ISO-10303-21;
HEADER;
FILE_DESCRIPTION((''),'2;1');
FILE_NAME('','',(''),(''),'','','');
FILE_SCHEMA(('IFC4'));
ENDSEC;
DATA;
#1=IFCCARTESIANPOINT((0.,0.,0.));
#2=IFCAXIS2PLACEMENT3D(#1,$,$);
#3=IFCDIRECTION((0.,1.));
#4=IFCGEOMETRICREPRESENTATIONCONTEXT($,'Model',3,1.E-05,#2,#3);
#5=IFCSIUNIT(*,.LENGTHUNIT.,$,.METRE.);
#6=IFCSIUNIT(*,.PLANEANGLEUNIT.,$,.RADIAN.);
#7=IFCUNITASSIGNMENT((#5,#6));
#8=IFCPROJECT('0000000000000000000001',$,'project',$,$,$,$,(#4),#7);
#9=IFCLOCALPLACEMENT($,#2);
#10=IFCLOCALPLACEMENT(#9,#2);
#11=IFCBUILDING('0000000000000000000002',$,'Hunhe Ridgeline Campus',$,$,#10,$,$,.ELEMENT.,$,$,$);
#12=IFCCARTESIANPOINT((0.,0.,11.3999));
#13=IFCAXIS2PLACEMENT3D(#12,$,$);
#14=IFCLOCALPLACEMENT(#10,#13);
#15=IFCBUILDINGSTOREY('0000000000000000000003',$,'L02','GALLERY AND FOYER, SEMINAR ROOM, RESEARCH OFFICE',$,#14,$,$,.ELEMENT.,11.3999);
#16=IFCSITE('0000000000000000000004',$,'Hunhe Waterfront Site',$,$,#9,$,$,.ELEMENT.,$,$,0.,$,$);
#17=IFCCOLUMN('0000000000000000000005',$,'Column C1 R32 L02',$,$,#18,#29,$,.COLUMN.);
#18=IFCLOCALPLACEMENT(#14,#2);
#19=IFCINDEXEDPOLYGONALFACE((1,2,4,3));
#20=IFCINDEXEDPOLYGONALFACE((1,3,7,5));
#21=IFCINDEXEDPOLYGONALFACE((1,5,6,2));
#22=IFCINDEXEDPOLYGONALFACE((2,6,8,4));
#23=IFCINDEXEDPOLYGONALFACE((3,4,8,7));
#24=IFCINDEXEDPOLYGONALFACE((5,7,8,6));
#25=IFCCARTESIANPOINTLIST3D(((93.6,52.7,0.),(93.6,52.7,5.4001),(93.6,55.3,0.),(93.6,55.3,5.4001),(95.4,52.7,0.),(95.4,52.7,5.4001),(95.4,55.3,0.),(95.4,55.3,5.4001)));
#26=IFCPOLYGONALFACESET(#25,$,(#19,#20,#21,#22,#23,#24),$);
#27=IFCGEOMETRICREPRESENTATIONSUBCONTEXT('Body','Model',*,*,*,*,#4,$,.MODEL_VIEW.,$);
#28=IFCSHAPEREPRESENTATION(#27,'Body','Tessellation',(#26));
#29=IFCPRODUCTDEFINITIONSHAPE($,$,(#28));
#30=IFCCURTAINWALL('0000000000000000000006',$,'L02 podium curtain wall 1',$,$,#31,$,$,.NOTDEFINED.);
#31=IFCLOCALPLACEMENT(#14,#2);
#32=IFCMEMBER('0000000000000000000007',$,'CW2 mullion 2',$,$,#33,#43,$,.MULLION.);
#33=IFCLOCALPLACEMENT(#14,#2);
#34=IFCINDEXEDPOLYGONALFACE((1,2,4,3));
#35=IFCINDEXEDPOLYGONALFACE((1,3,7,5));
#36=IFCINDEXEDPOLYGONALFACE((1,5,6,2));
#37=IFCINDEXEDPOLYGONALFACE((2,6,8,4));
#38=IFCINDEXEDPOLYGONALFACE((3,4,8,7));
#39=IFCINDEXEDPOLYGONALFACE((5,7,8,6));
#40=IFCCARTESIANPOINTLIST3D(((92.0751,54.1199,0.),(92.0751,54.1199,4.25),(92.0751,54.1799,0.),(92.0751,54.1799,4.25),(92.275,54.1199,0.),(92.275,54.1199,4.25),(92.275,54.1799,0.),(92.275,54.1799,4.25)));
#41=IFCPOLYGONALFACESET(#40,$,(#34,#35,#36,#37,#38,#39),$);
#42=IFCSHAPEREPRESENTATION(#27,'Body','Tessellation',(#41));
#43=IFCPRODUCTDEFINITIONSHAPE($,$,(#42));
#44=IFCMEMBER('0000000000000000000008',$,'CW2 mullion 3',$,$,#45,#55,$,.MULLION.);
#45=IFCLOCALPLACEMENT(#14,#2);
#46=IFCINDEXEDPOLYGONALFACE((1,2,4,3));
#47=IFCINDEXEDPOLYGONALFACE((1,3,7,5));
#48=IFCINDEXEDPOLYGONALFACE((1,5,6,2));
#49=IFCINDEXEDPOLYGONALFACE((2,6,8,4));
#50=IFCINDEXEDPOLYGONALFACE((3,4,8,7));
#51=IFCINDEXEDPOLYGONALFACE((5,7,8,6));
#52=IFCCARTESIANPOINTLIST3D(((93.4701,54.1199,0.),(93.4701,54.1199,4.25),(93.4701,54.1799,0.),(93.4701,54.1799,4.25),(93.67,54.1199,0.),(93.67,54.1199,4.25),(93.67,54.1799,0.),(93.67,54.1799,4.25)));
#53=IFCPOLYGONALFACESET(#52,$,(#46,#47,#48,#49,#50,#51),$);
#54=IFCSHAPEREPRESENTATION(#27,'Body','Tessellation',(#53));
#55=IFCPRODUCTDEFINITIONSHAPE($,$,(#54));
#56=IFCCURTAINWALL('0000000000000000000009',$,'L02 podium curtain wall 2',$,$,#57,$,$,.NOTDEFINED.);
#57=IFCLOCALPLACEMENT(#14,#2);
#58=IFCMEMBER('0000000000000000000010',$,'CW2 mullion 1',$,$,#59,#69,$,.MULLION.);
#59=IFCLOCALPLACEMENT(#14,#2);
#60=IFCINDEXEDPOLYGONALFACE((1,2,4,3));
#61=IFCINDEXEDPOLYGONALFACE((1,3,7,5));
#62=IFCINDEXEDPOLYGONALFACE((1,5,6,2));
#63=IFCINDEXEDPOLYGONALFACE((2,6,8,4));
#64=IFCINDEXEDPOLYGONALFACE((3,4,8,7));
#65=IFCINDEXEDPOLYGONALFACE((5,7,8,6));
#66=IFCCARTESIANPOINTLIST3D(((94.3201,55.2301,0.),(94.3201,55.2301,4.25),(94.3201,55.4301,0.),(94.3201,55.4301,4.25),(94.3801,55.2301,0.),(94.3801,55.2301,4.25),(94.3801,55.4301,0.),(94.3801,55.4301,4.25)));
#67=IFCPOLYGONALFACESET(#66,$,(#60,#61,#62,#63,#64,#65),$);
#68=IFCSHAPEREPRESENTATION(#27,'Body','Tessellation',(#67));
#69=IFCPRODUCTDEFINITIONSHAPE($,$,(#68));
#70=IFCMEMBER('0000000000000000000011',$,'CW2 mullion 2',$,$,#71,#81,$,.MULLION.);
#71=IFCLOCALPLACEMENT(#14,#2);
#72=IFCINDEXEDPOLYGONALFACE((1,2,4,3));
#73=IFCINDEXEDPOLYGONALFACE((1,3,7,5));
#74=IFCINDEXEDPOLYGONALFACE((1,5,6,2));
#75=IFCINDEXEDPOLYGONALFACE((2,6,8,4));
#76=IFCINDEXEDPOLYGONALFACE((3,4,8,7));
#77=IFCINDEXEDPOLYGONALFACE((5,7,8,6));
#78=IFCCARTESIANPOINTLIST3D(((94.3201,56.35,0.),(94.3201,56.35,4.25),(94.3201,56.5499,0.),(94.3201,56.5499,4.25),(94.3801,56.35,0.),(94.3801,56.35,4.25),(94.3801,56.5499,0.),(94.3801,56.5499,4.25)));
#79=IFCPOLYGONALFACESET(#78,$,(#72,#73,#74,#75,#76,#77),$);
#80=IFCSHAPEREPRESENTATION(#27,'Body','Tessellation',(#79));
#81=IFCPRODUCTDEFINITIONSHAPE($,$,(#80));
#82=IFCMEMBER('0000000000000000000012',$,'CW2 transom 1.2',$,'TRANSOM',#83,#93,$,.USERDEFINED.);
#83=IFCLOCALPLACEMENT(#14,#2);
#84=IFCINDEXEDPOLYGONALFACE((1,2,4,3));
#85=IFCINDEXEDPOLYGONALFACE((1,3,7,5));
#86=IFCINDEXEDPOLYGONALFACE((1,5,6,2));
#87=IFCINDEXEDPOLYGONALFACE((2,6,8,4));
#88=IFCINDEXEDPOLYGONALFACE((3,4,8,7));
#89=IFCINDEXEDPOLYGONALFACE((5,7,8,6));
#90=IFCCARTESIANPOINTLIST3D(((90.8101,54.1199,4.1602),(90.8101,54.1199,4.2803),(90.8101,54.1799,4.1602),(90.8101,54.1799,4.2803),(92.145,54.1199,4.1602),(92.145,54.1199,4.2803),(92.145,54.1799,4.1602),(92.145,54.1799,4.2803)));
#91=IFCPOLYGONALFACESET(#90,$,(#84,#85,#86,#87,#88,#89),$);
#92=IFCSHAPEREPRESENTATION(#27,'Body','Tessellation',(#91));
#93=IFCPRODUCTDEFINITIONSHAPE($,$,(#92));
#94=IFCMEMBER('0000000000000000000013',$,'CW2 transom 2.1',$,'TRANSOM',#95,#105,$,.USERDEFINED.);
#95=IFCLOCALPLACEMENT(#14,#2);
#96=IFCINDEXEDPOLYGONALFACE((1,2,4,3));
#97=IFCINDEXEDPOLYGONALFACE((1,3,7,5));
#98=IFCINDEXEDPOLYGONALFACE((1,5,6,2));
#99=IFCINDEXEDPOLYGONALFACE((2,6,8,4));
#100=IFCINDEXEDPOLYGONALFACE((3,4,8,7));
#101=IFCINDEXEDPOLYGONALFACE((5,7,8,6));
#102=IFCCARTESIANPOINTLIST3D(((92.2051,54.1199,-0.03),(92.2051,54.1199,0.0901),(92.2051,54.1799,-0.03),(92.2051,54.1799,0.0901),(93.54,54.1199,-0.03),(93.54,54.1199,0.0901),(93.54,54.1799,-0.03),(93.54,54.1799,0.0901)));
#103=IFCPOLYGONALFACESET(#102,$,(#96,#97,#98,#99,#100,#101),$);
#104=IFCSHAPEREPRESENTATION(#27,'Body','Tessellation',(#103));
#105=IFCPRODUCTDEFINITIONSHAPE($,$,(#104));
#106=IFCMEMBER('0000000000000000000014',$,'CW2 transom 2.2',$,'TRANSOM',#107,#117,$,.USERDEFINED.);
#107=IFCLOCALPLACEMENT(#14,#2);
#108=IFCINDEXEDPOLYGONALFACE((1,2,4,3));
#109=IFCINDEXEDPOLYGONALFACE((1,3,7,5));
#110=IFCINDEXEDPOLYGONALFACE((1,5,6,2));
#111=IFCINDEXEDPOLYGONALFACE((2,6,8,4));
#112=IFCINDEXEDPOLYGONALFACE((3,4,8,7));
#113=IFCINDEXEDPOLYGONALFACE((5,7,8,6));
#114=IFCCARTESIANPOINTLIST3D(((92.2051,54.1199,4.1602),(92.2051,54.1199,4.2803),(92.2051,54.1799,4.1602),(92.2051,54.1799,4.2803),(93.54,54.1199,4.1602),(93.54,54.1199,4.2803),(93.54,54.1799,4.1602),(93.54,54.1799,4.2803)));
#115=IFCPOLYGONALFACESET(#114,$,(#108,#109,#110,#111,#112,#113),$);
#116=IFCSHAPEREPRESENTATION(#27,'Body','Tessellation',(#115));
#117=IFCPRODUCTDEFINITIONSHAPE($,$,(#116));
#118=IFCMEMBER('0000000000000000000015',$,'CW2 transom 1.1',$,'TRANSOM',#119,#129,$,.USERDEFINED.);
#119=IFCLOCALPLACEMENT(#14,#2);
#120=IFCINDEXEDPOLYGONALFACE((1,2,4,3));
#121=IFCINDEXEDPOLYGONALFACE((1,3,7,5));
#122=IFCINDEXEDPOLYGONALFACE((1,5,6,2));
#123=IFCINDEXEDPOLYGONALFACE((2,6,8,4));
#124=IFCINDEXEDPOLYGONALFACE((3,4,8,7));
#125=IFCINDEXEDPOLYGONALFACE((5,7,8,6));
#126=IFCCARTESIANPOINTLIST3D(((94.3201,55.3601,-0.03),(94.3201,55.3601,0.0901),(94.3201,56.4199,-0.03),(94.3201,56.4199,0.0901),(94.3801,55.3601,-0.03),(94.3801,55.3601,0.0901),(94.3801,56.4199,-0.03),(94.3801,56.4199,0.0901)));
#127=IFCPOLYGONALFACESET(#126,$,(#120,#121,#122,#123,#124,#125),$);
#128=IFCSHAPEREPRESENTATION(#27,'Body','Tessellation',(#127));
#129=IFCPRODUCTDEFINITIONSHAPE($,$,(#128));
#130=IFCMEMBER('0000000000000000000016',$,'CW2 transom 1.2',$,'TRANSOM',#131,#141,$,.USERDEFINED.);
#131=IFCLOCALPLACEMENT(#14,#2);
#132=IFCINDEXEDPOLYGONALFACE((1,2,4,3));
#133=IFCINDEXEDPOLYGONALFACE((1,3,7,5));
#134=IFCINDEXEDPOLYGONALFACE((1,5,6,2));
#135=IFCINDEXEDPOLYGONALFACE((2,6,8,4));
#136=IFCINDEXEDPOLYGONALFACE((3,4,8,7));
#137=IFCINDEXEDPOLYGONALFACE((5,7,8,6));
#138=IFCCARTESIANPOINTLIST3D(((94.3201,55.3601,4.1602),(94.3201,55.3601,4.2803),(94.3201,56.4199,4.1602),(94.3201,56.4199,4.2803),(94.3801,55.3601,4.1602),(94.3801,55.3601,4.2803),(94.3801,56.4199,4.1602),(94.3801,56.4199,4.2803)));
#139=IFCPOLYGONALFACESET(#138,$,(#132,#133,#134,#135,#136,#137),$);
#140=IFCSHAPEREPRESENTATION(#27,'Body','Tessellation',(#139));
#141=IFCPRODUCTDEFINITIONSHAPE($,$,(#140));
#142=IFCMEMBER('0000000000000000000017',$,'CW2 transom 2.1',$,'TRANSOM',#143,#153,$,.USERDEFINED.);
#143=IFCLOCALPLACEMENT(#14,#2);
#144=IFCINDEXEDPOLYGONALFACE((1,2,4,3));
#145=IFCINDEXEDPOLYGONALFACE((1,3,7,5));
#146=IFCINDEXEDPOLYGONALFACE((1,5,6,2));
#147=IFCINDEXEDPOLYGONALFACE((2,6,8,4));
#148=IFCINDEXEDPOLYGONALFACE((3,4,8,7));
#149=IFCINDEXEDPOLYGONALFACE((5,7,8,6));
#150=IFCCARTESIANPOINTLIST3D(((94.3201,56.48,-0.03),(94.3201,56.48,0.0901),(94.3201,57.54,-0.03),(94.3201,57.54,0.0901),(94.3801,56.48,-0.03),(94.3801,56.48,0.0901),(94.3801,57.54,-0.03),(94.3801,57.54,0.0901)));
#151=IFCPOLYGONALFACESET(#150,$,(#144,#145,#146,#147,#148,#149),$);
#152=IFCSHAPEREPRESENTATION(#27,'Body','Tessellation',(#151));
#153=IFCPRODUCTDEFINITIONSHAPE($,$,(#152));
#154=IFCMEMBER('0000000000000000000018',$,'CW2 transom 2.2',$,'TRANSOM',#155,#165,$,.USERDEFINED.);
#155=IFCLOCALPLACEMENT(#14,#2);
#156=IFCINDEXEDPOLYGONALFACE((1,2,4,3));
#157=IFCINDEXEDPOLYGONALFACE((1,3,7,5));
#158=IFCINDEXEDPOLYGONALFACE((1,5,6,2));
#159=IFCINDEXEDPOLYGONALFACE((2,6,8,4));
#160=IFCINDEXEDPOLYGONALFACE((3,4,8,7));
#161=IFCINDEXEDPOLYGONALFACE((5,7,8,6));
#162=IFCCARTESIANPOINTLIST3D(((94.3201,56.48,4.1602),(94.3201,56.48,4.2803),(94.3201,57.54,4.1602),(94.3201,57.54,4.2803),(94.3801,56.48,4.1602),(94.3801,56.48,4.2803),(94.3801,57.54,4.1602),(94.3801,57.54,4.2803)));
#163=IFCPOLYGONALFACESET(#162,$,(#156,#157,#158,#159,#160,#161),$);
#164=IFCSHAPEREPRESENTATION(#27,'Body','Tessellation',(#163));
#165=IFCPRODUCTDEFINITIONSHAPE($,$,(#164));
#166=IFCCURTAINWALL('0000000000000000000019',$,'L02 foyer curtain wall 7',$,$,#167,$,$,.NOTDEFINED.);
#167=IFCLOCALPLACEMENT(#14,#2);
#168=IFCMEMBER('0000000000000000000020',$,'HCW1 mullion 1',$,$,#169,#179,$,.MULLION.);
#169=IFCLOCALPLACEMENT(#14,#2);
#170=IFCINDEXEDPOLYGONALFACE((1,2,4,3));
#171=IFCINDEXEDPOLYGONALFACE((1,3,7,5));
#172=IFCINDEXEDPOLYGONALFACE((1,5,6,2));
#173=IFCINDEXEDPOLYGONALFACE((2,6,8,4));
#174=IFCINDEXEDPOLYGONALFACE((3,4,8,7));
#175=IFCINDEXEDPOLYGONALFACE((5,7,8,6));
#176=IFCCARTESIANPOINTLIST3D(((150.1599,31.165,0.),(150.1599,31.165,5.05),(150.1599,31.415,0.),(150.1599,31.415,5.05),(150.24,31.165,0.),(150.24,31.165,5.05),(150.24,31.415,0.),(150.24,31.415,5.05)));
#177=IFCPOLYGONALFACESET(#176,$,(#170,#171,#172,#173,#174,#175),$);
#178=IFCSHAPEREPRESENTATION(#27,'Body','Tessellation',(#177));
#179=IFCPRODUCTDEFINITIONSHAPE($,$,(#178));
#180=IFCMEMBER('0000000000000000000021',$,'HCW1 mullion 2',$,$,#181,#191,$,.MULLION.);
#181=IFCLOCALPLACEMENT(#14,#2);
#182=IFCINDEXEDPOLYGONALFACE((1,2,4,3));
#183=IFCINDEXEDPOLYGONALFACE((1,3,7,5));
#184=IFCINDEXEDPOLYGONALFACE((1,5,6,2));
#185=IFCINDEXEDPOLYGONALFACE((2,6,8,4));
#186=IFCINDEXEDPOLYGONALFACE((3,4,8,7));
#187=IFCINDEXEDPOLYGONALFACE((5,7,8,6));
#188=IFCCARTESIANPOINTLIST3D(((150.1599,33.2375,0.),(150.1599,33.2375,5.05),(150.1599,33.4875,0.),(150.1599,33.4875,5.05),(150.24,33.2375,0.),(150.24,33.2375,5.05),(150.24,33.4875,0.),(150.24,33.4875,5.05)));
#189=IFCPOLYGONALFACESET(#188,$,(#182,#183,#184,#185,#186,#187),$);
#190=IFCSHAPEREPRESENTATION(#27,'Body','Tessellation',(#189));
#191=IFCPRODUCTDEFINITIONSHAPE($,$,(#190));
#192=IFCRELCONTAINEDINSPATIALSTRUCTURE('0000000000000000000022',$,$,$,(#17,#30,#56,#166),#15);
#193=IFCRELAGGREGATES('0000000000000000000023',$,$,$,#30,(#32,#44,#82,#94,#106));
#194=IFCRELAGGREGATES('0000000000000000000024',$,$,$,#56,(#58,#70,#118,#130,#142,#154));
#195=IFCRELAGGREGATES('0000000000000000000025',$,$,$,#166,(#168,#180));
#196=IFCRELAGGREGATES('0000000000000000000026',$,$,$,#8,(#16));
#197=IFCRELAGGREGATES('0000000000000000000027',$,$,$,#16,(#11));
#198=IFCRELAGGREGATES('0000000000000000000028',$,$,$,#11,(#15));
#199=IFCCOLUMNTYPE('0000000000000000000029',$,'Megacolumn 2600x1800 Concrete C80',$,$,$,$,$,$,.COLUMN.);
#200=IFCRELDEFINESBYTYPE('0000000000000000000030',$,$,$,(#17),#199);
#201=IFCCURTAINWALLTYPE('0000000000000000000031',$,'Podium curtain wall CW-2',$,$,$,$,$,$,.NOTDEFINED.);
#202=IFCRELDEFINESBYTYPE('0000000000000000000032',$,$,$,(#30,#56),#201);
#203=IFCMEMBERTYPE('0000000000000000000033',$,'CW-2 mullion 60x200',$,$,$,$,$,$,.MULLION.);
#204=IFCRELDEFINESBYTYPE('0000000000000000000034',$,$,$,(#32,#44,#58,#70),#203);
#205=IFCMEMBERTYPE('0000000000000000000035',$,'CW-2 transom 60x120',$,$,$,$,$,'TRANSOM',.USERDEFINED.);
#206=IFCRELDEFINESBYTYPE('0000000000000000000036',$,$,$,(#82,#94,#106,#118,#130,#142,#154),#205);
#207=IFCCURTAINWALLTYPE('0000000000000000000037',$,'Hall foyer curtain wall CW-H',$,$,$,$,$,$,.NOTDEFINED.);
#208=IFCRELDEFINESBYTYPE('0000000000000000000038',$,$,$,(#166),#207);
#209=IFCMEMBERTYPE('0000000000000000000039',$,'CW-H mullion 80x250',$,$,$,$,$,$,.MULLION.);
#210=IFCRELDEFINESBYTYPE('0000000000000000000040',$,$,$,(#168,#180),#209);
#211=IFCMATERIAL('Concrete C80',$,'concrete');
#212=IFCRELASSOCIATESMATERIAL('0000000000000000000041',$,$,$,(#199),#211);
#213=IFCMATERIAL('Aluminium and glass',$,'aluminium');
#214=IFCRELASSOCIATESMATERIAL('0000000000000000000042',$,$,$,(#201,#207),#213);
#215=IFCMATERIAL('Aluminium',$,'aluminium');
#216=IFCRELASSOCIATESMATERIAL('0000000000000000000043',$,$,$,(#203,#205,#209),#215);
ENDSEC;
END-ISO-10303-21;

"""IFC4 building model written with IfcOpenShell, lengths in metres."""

from ifc_helpers import new_model, si_unit, direction, frame, origin, origin_2d, place, context, subcontext, project, spatial, rectangle, extrude, material, material_profile, profile_set, type_object, element, aggregate, save


model = new_model("IFC4")

# Units and contexts
model_context = context("Model", 3, precision=1e-05, world=origin(), true_north=direction((0.0, 1.0)))
body_context = subcontext(model_context, "Body", "Model", "MODEL_VIEW")
ifc_project = project(units=[si_unit("LENGTHUNIT", "METRE"), si_unit("PLANEANGLEUNIT", "RADIAN")], contexts=[model_context])

# Site, building, storey
site_placement = place(None, origin())
site = spatial("IfcSite", under=ifc_project, at=site_placement, Name="Hunhe Waterfront Site", CompositionType="ELEMENT", RefElevation=0.0)
building_placement = place(site_placement, origin())
building = spatial("IfcBuilding", under=site, at=building_placement, Name="Hunhe Ridgeline Campus", CompositionType="ELEMENT")
storey_placement = place(building_placement, frame((0.0, 0.0, 11.3999)))
storey = spatial("IfcBuildingStorey", under=building, at=storey_placement, Name="L02", Description="GALLERY AND FOYER, SEMINAR ROOM, RESEARCH OFFICE", CompositionType="ELEMENT", Elevation=11.3999)

# Column
ifc_material_1 = material(Name="Concrete C80", Category="concrete")
ifc_material_profile_1 = material_profile(ifc_material_1, rectangle(XDim=2.6001, YDim=1.8, at=origin_2d()))
ifc_profile_set_1 = profile_set([ifc_material_profile_1], Name="Concrete C80")
column_type = type_object("IfcColumnType", Name="Megacolumn 2600x1800 Concrete C80", PredefinedType="COLUMN", material=ifc_profile_set_1)
column_placement = place(storey_placement, frame((94.5, 54.0, 0.0), z_axis=(0.0, 0.0, 1.0), x_axis=(0.0, 1.0, 0.0)))
element("IfcColumn", 1, at=column_placement, inside=storey, type_object=column_type, Name="Column C1 R32 L02", PredefinedType="COLUMN", context=body_context, shape_type="SweptSolid", body=[
    extrude(rectangle(XDim=2.6001, YDim=1.8, at=origin_2d()), origin(), (0.0, 0.0, 1.0), 5.4001),
])

# Curtain walls, members
ifc_material_2 = material(Name="Aluminium and glass", Category="aluminium")
curtain_wall_type_1 = type_object("IfcCurtainWallType", Name="Podium curtain wall CW-2", PredefinedType="NOTDEFINED", material=ifc_material_2)
curtain_wall_1_placement = place(storey_placement, origin())
curtain_wall_1 = element("IfcCurtainWall", 2, at=curtain_wall_1_placement, inside=storey, type_object=curtain_wall_type_1, Name="L02 podium curtain wall 1", PredefinedType="NOTDEFINED")
ifc_material_3 = material(Name="Aluminium", Category="aluminium")
ifc_material_profile_2 = material_profile(ifc_material_3, rectangle(XDim=0.0601, YDim=0.2, at=origin_2d()))
ifc_profile_set_2 = profile_set([ifc_material_profile_2], Name="Aluminium")
member_type_1 = type_object("IfcMemberType", Name="CW-2 mullion 60x200", PredefinedType="MULLION", material=ifc_profile_set_2)
member_1_placement = place(storey_placement, frame((92.175, 54.1499, 0.0), z_axis=(0.0, 0.0, 1.0), x_axis=(0.0, 1.0, 0.0)))
member_1 = element("IfcMember", 3, at=member_1_placement, type_object=member_type_1, Name="CW2 mullion 2", PredefinedType="MULLION", context=body_context, shape_type="SweptSolid", body=[
    extrude(rectangle(XDim=0.0601, YDim=0.2, at=origin_2d()), origin(), (0.0, 0.0, 1.0), 4.25),
])
member_2_placement = place(storey_placement, frame((93.5701, 54.1499, 0.0), z_axis=(0.0, 0.0, 1.0), x_axis=(0.0, 1.0, 0.0)))
member_2 = element("IfcMember", 4, at=member_2_placement, type_object=member_type_1, Name="CW2 mullion 3", PredefinedType="MULLION", context=body_context, shape_type="SweptSolid", body=[
    extrude(rectangle(XDim=0.0601, YDim=0.2, at=origin_2d()), origin(), (0.0, 0.0, 1.0), 4.25),
])
curtain_wall_2_placement = place(storey_placement, origin())
curtain_wall_2 = element("IfcCurtainWall", 5, at=curtain_wall_2_placement, inside=storey, type_object=curtain_wall_type_1, Name="L02 podium curtain wall 2", PredefinedType="NOTDEFINED")
member_3_placement = place(storey_placement, frame((94.3501, 55.3301, 0.0), z_axis=(0.0, 0.0, 1.0), x_axis=(-1.0, 0.0, 0.0)))
member_3 = element("IfcMember", 6, at=member_3_placement, type_object=member_type_1, Name="CW2 mullion 1", PredefinedType="MULLION", context=body_context, shape_type="SweptSolid", body=[
    extrude(rectangle(XDim=0.0601, YDim=0.2, at=origin_2d()), origin(), (0.0, 0.0, 1.0), 4.25),
])
member_4_placement = place(storey_placement, frame((94.3501, 56.45, 0.0), z_axis=(0.0, 0.0, 1.0), x_axis=(-1.0, 0.0, 0.0)))
member_4 = element("IfcMember", 7, at=member_4_placement, type_object=member_type_1, Name="CW2 mullion 2", PredefinedType="MULLION", context=body_context, shape_type="SweptSolid", body=[
    extrude(rectangle(XDim=0.0601, YDim=0.2, at=origin_2d()), origin(), (0.0, 0.0, 1.0), 4.25),
])

# Members
ifc_material_profile_3 = material_profile(ifc_material_3, rectangle(XDim=0.0601, YDim=0.1201, at=origin_2d()))
ifc_profile_set_3 = profile_set([ifc_material_profile_3], Name="Aluminium")
member_type_2 = type_object("IfcMemberType", Name="CW-2 transom 60x120", ElementType="TRANSOM", PredefinedType="USERDEFINED", material=ifc_profile_set_3)
member_5_placement = place(storey_placement, frame((90.8101, 54.1499, 4.2202), z_axis=(1.0, 0.0, 0.0), x_axis=(0.0, 1.0, 0.0)))
member_5 = element("IfcMember", 8, at=member_5_placement, type_object=member_type_2, Name="CW2 transom 1.2", ObjectType="TRANSOM", PredefinedType="USERDEFINED", context=body_context, shape_type="SweptSolid", body=[
    extrude(rectangle(XDim=0.0601, YDim=0.1201, at=origin_2d()), origin(), (0.0, 0.0, 1.0), 1.335),
])
member_6_placement = place(storey_placement, frame((92.2051, 54.1499, 0.03), z_axis=(1.0, 0.0, 0.0), x_axis=(0.0, 1.0, 0.0)))
member_6 = element("IfcMember", 9, at=member_6_placement, type_object=member_type_2, Name="CW2 transom 2.1", ObjectType="TRANSOM", PredefinedType="USERDEFINED", context=body_context, shape_type="SweptSolid", body=[
    extrude(rectangle(XDim=0.0601, YDim=0.1201, at=origin_2d()), origin(), (0.0, 0.0, 1.0), 1.335),
])
member_7_placement = place(storey_placement, frame((92.2051, 54.1499, 4.2202), z_axis=(1.0, 0.0, 0.0), x_axis=(0.0, 1.0, 0.0)))
member_7 = element("IfcMember", 10, at=member_7_placement, type_object=member_type_2, Name="CW2 transom 2.2", ObjectType="TRANSOM", PredefinedType="USERDEFINED", context=body_context, shape_type="SweptSolid", body=[
    extrude(rectangle(XDim=0.0601, YDim=0.1201, at=origin_2d()), origin(), (0.0, 0.0, 1.0), 1.335),
])
member_8_placement = place(storey_placement, frame((94.3501, 55.3601, 0.03), z_axis=(0.0, 1.0, 0.0), x_axis=(-1.0, 0.0, 0.0)))
member_8 = element("IfcMember", 11, at=member_8_placement, type_object=member_type_2, Name="CW2 transom 1.1", ObjectType="TRANSOM", PredefinedType="USERDEFINED", context=body_context, shape_type="SweptSolid", body=[
    extrude(rectangle(XDim=0.0601, YDim=0.1201, at=origin_2d()), origin(), (0.0, 0.0, 1.0), 1.0598),
])
member_9_placement = place(storey_placement, frame((94.3501, 55.3601, 4.2202), z_axis=(0.0, 1.0, 0.0), x_axis=(-1.0, 0.0, 0.0)))
member_9 = element("IfcMember", 12, at=member_9_placement, type_object=member_type_2, Name="CW2 transom 1.2", ObjectType="TRANSOM", PredefinedType="USERDEFINED", context=body_context, shape_type="SweptSolid", body=[
    extrude(rectangle(XDim=0.0601, YDim=0.1201, at=origin_2d()), origin(), (0.0, 0.0, 1.0), 1.0598),
])
member_10_placement = place(storey_placement, frame((94.3501, 56.48, 0.03), z_axis=(0.0, 1.0, 0.0), x_axis=(-1.0, 0.0, 0.0)))
member_10 = element("IfcMember", 13, at=member_10_placement, type_object=member_type_2, Name="CW2 transom 2.1", ObjectType="TRANSOM", PredefinedType="USERDEFINED", context=body_context, shape_type="SweptSolid", body=[
    extrude(rectangle(XDim=0.0601, YDim=0.1201, at=origin_2d()), origin(), (0.0, 0.0, 1.0), 1.0601),
])
member_11_placement = place(storey_placement, frame((94.3501, 56.48, 4.2202), z_axis=(0.0, 1.0, 0.0), x_axis=(-1.0, 0.0, 0.0)))
member_11 = element("IfcMember", 14, at=member_11_placement, type_object=member_type_2, Name="CW2 transom 2.2", ObjectType="TRANSOM", PredefinedType="USERDEFINED", context=body_context, shape_type="SweptSolid", body=[
    extrude(rectangle(XDim=0.0601, YDim=0.1201, at=origin_2d()), origin(), (0.0, 0.0, 1.0), 1.0601),
])

# Curtain wall, members
curtain_wall_type_2 = type_object("IfcCurtainWallType", Name="Hall foyer curtain wall CW-H", PredefinedType="NOTDEFINED", material=ifc_material_2)
curtain_wall_3_placement = place(storey_placement, origin())
curtain_wall_3 = element("IfcCurtainWall", 15, at=curtain_wall_3_placement, inside=storey, type_object=curtain_wall_type_2, Name="L02 foyer curtain wall 7", PredefinedType="NOTDEFINED")
ifc_material_profile_4 = material_profile(ifc_material_3, rectangle(XDim=0.0801, YDim=0.25, at=origin_2d()))
ifc_profile_set_4 = profile_set([ifc_material_profile_4], Name="Aluminium")
member_type_3 = type_object("IfcMemberType", Name="CW-H mullion 80x250", PredefinedType="MULLION", material=ifc_profile_set_4)
member_12_placement = place(storey_placement, frame((150.2, 31.29, 0.0), z_axis=(0.0, 0.0, 1.0), x_axis=(-1.0, 0.0, 0.0)))
member_12 = element("IfcMember", 16, at=member_12_placement, type_object=member_type_3, Name="HCW1 mullion 1", PredefinedType="MULLION", context=body_context, shape_type="SweptSolid", body=[
    extrude(rectangle(XDim=0.0801, YDim=0.25, at=origin_2d()), origin(), (0.0, 0.0, 1.0), 5.05),
])
member_13_placement = place(storey_placement, frame((150.2, 33.3625, 0.0), z_axis=(0.0, 0.0, 1.0), x_axis=(-1.0, 0.0, 0.0)))
member_13 = element("IfcMember", 17, at=member_13_placement, type_object=member_type_3, Name="HCW1 mullion 2", PredefinedType="MULLION", context=body_context, shape_type="SweptSolid", body=[
    extrude(rectangle(XDim=0.0801, YDim=0.25, at=origin_2d()), origin(), (0.0, 0.0, 1.0), 5.05),
])

aggregate(curtain_wall_1, [member_1, member_2, member_5, member_6, member_7])
aggregate(curtain_wall_2, [member_3, member_4, member_8, member_9, member_10, member_11])
aggregate(curtain_wall_3, [member_12, member_13])

save(model, "model.ifc")
